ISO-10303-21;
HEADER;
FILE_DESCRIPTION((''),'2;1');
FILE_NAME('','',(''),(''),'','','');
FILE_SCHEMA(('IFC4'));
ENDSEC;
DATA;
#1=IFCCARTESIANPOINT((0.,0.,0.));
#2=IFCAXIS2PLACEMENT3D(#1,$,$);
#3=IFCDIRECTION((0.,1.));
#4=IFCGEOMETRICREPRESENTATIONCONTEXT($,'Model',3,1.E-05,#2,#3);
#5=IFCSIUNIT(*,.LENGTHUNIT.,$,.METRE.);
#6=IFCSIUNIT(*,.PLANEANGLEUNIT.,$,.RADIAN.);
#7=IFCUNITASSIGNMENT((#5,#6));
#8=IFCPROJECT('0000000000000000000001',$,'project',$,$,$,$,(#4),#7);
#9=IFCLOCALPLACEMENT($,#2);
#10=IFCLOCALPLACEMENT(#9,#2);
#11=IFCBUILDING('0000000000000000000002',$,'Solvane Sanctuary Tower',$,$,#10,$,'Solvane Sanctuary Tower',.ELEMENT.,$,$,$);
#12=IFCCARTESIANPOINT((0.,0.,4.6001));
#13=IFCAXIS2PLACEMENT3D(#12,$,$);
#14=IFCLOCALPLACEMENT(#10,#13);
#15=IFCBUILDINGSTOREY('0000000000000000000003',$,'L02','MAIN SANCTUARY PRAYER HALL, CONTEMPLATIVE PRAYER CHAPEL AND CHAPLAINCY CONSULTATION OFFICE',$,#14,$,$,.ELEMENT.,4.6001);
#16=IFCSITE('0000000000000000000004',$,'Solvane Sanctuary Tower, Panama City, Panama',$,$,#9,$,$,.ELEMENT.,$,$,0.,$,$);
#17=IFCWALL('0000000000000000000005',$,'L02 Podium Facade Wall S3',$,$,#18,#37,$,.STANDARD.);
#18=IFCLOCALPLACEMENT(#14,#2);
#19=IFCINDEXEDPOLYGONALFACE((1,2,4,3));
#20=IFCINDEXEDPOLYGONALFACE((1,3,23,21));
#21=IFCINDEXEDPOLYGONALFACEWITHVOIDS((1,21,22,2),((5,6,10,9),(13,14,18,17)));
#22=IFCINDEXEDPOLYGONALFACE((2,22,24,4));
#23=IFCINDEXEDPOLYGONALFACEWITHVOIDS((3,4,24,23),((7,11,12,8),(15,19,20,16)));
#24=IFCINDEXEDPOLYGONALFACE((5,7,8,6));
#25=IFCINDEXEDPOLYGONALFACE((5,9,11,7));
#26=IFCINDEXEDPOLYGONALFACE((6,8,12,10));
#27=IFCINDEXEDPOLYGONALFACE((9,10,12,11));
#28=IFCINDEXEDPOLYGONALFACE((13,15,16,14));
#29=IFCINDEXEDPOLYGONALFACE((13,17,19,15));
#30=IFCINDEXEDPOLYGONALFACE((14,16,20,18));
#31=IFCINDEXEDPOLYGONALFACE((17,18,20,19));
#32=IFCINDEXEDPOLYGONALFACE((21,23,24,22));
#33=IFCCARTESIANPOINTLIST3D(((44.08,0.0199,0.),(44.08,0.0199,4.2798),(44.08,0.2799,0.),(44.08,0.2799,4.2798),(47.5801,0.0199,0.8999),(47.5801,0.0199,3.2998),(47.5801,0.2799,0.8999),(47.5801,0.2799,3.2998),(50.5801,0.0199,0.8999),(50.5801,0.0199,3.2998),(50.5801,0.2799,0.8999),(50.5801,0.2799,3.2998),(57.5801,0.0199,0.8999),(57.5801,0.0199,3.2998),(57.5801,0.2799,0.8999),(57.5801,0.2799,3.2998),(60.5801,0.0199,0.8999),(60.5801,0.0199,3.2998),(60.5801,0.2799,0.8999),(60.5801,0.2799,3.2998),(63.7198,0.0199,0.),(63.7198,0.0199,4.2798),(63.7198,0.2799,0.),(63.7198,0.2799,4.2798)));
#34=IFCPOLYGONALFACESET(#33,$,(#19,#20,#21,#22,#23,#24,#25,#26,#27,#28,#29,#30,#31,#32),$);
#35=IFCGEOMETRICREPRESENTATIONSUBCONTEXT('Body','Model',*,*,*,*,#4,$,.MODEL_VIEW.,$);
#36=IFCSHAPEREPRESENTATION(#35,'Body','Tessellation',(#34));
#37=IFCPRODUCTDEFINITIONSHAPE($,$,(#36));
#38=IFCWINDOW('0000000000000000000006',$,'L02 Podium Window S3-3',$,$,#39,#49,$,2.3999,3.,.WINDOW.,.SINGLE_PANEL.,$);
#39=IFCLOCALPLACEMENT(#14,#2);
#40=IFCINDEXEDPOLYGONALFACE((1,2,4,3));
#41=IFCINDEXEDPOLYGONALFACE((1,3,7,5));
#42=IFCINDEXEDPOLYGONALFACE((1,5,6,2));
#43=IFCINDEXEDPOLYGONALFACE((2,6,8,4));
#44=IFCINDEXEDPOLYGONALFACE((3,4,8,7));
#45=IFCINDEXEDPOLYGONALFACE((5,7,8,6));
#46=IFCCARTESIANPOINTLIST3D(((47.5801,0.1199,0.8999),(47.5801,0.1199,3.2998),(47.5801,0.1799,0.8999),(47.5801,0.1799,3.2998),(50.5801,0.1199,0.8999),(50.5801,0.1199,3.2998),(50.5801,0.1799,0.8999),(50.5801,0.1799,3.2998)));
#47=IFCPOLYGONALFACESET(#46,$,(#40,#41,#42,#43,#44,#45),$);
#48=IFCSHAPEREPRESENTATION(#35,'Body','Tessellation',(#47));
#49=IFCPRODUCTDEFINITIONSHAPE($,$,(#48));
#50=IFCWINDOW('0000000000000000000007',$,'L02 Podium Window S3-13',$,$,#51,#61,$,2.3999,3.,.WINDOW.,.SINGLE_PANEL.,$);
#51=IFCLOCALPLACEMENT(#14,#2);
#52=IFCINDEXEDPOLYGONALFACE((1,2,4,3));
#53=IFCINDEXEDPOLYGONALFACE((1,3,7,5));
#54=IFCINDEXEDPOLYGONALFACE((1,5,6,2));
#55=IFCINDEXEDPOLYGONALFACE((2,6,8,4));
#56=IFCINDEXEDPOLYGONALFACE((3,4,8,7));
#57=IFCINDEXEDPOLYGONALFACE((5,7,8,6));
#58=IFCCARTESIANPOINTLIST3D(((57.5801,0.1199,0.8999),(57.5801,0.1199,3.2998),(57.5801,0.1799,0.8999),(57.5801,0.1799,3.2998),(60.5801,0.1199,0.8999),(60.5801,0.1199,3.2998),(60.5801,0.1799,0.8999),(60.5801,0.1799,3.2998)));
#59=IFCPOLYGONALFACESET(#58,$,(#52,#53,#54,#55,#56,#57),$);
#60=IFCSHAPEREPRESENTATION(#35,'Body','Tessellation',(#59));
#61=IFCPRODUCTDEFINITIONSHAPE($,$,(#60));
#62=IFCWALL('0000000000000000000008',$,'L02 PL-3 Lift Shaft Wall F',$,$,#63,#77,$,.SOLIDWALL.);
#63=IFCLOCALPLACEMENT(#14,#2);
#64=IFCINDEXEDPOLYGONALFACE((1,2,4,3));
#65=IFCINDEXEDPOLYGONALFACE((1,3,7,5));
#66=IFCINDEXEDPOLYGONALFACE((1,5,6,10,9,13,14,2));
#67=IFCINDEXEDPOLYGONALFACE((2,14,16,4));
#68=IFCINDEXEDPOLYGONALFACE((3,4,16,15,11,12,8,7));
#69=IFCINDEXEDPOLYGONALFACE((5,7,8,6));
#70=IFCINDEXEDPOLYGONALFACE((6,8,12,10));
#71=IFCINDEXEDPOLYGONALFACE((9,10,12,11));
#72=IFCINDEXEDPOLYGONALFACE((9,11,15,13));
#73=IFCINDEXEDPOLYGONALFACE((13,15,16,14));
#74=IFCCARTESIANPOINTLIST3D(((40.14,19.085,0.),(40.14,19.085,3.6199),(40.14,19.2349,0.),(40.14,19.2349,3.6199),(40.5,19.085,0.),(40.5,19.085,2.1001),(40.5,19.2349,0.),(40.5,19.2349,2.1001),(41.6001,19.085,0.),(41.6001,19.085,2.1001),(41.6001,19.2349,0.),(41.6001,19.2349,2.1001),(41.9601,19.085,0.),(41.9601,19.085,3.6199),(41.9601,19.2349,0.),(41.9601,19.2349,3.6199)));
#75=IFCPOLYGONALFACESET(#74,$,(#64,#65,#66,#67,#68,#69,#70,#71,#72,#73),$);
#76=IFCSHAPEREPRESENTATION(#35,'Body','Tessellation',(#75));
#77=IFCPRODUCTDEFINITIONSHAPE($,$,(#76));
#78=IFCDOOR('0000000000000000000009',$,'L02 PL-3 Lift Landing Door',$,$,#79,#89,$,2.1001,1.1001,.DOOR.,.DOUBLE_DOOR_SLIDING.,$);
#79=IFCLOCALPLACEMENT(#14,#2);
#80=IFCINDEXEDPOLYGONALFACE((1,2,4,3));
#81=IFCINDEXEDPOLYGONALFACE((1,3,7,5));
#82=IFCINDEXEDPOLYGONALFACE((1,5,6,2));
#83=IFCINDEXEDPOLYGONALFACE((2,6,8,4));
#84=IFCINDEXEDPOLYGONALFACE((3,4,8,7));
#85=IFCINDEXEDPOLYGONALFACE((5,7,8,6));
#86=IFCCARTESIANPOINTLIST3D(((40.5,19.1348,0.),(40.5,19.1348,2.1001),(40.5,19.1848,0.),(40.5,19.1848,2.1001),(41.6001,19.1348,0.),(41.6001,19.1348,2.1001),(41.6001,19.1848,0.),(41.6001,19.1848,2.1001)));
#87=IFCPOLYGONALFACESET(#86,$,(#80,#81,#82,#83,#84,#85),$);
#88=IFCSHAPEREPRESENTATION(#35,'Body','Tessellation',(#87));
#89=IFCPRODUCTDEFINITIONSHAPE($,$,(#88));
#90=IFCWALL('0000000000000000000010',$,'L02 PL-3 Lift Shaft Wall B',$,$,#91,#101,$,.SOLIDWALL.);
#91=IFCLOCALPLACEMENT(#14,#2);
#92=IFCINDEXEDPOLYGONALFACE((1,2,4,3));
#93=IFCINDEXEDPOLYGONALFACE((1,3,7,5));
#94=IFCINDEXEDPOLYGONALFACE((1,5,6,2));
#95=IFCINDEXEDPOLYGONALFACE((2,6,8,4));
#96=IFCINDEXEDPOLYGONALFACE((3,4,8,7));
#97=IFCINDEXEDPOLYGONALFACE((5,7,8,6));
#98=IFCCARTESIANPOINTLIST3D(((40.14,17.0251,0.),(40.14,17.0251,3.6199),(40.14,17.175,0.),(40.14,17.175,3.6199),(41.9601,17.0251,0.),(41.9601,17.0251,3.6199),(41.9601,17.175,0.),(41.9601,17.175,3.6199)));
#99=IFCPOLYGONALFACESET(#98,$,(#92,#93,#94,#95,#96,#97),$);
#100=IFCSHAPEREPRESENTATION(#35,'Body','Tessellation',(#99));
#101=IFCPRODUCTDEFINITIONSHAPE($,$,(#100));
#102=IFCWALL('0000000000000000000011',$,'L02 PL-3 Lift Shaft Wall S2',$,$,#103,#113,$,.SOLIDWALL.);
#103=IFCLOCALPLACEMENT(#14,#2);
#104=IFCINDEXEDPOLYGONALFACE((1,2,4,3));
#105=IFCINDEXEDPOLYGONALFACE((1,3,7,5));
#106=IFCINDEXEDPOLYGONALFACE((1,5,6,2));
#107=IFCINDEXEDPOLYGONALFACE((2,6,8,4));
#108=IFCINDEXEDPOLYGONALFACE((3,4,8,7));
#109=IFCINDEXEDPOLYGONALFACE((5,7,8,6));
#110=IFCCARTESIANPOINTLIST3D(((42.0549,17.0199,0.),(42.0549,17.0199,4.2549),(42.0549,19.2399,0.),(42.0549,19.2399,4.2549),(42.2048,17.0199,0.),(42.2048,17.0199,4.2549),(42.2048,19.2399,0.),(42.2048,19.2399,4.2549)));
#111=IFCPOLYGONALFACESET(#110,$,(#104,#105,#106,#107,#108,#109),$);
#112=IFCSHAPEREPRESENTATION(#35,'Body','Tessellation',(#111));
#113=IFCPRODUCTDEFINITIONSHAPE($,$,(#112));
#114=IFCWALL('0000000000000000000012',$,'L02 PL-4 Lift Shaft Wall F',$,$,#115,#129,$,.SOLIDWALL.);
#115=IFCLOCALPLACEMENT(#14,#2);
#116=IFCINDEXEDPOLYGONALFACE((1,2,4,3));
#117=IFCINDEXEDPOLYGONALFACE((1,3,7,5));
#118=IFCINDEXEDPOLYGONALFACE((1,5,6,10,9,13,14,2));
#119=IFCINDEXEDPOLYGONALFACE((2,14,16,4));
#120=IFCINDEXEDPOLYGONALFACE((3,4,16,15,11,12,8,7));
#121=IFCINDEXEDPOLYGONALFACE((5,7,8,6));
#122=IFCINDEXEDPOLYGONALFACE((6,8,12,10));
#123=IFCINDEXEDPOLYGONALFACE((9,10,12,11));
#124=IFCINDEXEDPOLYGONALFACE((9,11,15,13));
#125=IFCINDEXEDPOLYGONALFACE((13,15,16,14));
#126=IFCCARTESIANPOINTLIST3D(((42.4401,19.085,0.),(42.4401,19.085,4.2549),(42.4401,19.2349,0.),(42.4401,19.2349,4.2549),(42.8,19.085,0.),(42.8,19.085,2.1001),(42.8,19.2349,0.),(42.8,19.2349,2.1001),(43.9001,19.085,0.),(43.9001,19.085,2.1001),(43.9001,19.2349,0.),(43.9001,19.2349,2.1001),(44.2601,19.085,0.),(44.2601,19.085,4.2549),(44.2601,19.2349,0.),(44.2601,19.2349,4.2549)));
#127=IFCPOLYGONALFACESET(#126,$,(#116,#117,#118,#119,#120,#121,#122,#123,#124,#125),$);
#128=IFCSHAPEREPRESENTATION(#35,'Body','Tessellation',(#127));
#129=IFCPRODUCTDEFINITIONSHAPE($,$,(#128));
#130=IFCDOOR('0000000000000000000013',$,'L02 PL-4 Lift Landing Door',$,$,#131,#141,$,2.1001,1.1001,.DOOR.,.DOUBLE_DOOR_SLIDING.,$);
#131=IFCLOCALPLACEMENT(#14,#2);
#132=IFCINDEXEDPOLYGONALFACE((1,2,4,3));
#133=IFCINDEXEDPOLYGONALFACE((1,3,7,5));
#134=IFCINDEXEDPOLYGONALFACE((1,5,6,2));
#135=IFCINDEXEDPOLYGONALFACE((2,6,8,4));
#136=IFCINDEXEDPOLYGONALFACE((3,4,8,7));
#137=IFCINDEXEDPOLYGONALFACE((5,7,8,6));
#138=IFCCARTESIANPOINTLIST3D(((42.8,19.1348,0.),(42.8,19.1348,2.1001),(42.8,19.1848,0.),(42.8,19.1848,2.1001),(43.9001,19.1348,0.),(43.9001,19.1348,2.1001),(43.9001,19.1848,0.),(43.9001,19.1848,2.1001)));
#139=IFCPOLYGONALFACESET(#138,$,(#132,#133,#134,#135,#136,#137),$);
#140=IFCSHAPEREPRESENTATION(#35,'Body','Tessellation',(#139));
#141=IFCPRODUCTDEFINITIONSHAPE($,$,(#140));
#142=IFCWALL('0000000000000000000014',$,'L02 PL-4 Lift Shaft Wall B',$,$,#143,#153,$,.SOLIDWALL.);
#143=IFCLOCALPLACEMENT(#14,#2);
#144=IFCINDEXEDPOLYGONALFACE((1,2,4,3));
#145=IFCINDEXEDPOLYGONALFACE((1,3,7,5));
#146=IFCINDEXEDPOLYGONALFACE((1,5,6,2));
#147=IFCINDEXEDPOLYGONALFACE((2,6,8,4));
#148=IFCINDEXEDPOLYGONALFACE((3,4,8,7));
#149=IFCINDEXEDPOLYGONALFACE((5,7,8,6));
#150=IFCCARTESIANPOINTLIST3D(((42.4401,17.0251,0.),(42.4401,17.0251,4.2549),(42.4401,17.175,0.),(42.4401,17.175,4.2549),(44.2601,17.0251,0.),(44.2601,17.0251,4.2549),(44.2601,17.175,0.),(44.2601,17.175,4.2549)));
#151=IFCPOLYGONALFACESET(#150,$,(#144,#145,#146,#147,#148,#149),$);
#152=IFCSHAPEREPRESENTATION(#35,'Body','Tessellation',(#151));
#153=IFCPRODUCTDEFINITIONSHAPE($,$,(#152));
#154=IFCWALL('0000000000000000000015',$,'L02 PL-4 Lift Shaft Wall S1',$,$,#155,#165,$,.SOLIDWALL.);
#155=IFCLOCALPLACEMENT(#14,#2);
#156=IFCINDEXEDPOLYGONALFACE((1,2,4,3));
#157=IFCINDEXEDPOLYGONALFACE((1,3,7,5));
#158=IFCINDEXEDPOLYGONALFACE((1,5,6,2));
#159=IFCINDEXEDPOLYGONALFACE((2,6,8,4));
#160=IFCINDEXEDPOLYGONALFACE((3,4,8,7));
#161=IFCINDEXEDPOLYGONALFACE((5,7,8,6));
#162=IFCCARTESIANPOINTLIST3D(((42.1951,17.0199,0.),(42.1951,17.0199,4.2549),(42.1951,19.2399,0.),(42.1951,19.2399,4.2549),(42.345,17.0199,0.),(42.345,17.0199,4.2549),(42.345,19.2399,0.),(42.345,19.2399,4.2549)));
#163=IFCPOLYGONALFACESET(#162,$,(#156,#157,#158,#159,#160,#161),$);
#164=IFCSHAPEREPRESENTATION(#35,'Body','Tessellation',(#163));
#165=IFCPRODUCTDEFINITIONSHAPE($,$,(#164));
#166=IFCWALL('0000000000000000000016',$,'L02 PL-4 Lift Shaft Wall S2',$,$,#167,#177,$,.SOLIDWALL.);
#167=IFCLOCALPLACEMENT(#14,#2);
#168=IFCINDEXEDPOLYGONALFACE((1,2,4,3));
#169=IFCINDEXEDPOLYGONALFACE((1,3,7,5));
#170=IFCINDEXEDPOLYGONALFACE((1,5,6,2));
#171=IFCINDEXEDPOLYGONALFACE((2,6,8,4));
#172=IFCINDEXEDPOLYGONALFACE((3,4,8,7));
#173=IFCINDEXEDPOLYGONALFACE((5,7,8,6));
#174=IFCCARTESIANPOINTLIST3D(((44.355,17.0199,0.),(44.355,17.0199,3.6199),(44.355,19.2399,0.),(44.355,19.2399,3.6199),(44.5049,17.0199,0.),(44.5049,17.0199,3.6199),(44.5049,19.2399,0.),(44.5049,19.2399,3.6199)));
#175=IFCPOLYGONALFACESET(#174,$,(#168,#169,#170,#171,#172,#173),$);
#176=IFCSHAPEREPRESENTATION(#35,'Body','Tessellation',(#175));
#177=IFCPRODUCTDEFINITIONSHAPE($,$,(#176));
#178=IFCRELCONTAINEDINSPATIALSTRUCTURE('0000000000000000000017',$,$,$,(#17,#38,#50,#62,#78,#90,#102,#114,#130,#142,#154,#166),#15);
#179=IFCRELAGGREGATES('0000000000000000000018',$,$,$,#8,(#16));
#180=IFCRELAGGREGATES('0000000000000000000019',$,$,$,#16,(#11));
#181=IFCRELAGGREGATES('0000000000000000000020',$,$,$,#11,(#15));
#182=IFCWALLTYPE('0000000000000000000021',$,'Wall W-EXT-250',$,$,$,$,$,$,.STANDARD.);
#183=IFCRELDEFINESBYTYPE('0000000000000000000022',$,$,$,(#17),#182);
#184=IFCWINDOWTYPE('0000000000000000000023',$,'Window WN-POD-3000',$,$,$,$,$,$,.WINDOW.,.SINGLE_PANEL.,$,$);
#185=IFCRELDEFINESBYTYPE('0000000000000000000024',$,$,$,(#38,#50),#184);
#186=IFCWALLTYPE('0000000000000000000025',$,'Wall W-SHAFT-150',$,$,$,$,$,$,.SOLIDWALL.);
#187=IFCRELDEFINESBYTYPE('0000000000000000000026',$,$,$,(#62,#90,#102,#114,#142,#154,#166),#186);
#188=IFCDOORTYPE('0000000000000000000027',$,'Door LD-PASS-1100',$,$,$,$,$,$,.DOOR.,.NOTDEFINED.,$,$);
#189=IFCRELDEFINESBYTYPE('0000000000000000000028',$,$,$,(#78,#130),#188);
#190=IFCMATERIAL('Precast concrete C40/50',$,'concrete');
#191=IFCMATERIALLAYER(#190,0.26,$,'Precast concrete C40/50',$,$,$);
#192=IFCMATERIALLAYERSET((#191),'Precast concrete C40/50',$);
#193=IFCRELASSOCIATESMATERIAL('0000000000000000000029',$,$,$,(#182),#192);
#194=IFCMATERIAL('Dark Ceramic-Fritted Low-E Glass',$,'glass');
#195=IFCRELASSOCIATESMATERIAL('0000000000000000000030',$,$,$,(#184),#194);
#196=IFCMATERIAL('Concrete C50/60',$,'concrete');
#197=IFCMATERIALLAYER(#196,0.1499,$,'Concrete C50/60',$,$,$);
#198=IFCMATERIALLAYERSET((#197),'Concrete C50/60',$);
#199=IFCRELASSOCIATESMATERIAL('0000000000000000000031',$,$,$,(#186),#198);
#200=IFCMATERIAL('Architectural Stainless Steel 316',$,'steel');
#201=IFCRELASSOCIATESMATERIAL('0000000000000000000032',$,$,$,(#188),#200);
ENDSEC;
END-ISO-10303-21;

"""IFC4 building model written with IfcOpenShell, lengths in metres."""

from ifc_helpers import new_model, si_unit, direction, frame, frame_2d, origin, place, context, subcontext, project, spatial, rectangle, extrude, material, layer, layer_set, type_object, element, fill, save


model = new_model("IFC4")

# Units and contexts
model_context = context("Model", 3, precision=1e-05, world=origin(), true_north=direction((0.0, 1.0)))
body_context = subcontext(model_context, "Body", "Model", "MODEL_VIEW")
ifc_project = project(units=[si_unit("LENGTHUNIT", "METRE"), si_unit("PLANEANGLEUNIT", "RADIAN")], contexts=[model_context])

# Site, building, storey
site_placement = place(None, origin())
site = spatial("IfcSite", under=ifc_project, at=site_placement, Name="Solvane Sanctuary Tower, Panama City, Panama", CompositionType="ELEMENT", RefElevation=0.0)
building_placement = place(site_placement, origin())
building = spatial("IfcBuilding", under=site, at=building_placement, Name="Solvane Sanctuary Tower", LongName="Solvane Sanctuary Tower", CompositionType="ELEMENT")
storey_placement = place(building_placement, frame((0.0, 0.0, 4.6001)))
storey = spatial("IfcBuildingStorey", under=building, at=storey_placement, Name="L02", Description="MAIN SANCTUARY PRAYER HALL, CONTEMPLATIVE PRAYER CHAPEL AND CHAPLAINCY CONSULTATION OFFICE", CompositionType="ELEMENT", Elevation=4.6001)

# Shared definitions
ifc_material_1 = material(Name="Dark Ceramic-Fritted Low-E Glass", Category="glass")

# Shared definitions
ifc_material_2 = material(Name="Architectural Stainless Steel 316", Category="steel")

# Wall, openings, windows
ifc_material_3 = material(Name="Precast concrete C40/50", Category="concrete")
ifc_layer_1 = layer(ifc_material_3, 0.26, Name="Precast concrete C40/50")
ifc_layer_set_1 = layer_set([ifc_layer_1], Name="Precast concrete C40/50")
wall_type_1 = type_object("IfcWallType", Name="Wall W-EXT-250", PredefinedType="STANDARD", material=ifc_layer_set_1)
wall_1_placement = place(storey_placement, frame((44.0801, 0.1499, 0.0), z_axis=(0.0, 0.0, 1.0), x_axis=(1.0, 0.0, 0.0)))
wall_1 = element("IfcWall", 1, at=wall_1_placement, inside=storey, type_object=wall_type_1, Name="L02 Podium Facade Wall S3", PredefinedType="STANDARD", context=body_context, shape_type="SweptSolid", body=[
    extrude(rectangle(XDim=19.6399, YDim=0.26, at=frame_2d((9.8198, 0.0))), origin(), (0.0, 0.0, 1.0), 4.2798),
])
opening_1_placement = place(wall_1_placement, frame((3.5, 0.0, 0.8999)))
opening_1 = element("IfcOpeningElement", 2, at=opening_1_placement, cuts=wall_1, PredefinedType="OPENING", context=body_context, shape_type="SweptSolid", body=[
    extrude(rectangle(XDim=3.0, YDim=2.3999, at=frame_2d((1.5, 1.2))), frame((0.0, 0.1399, 0.0), z_axis=(0.0, -1.0, 0.0), x_axis=(1.0, 0.0, 0.0)), (0.0, 0.0, 1.0), 0.28),
])
opening_2_placement = place(wall_1_placement, frame((13.5, 0.0, 0.8999)))
opening_2 = element("IfcOpeningElement", 3, at=opening_2_placement, cuts=wall_1, PredefinedType="OPENING", context=body_context, shape_type="SweptSolid", body=[
    extrude(rectangle(XDim=3.0, YDim=2.3999, at=frame_2d((1.5, 1.2))), frame((0.0, 0.1399, 0.0), z_axis=(0.0, -1.0, 0.0), x_axis=(1.0, 0.0, 0.0)), (0.0, 0.0, 1.0), 0.28),
])
window_type = type_object("IfcWindowType", Name="Window WN-POD-3000", PartitioningType="SINGLE_PANEL", PredefinedType="WINDOW", material=ifc_material_1)
window_1_placement = place(opening_1_placement, origin())
window_1 = element("IfcWindow", 4, at=window_1_placement, inside=storey, type_object=window_type, Name="L02 Podium Window S3-3", OverallHeight=2.3999, OverallWidth=3.0, PartitioningType="SINGLE_PANEL", PredefinedType="WINDOW", context=body_context, shape_type="SweptSolid", body=[
    extrude(rectangle(XDim=3.0, YDim=2.3999, at=frame_2d((1.5, 1.2))), frame((0.0, 0.03, 0.0), z_axis=(0.0, -1.0, 0.0), x_axis=(1.0, 0.0, 0.0)), (0.0, 0.0, 1.0), 0.0601),
])
fill(opening_1, window_1)
window_2_placement = place(opening_2_placement, origin())
window_2 = element("IfcWindow", 5, at=window_2_placement, inside=storey, type_object=window_type, Name="L02 Podium Window S3-13", OverallHeight=2.3999, OverallWidth=3.0, PartitioningType="SINGLE_PANEL", PredefinedType="WINDOW", context=body_context, shape_type="SweptSolid", body=[
    extrude(rectangle(XDim=3.0, YDim=2.3999, at=frame_2d((1.5, 1.2))), frame((0.0, 0.03, 0.0), z_axis=(0.0, -1.0, 0.0), x_axis=(1.0, 0.0, 0.0)), (0.0, 0.0, 1.0), 0.0601),
])
fill(opening_2, window_2)

# Wall, opening, door
ifc_material_4 = material(Name="Concrete C50/60", Category="concrete")
ifc_layer_2 = layer(ifc_material_4, 0.1499, Name="Concrete C50/60")
ifc_layer_set_2 = layer_set([ifc_layer_2], Name="Concrete C50/60")
wall_type_2 = type_object("IfcWallType", Name="Wall W-SHAFT-150", PredefinedType="SOLIDWALL", material=ifc_layer_set_2)
wall_2_placement = place(storey_placement, frame((40.1399, 19.1599, 0.0), z_axis=(0.0, 0.0, 1.0), x_axis=(1.0, 0.0, 0.0)))
wall_2 = element("IfcWall", 6, at=wall_2_placement, inside=storey, type_object=wall_type_2, Name="L02 PL-3 Lift Shaft Wall F", PredefinedType="SOLIDWALL", context=body_context, shape_type="SweptSolid", body=[
    extrude(rectangle(XDim=1.8201, YDim=0.1499, at=frame_2d((0.9102, 0.0))), origin(), (0.0, 0.0, 1.0), 3.6199),
])
opening_3_placement = place(wall_2_placement, frame((0.3601, 0.0, 0.0)))
opening_3 = element("IfcOpeningElement", 7, at=opening_3_placement, cuts=wall_2, PredefinedType="OPENING", context=body_context, shape_type="SweptSolid", body=[
    extrude(rectangle(XDim=1.1001, YDim=2.1001, at=frame_2d((0.55, 1.05))), frame((0.0, 0.085, 0.0), z_axis=(0.0, -1.0, 0.0), x_axis=(1.0, 0.0, 0.0)), (0.0, 0.0, 1.0), 0.1699),
])
door_type_1 = type_object("IfcDoorType", Name="Door LD-PASS-1100", OperationType="NOTDEFINED", PredefinedType="DOOR", material=ifc_material_2)
door_1_placement = place(opening_3_placement, origin())
door_1 = element("IfcDoor", 8, at=door_1_placement, inside=storey, type_object=door_type_1, Name="L02 PL-3 Lift Landing Door", OperationType="DOUBLE_DOOR_SLIDING", OverallHeight=2.1001, OverallWidth=1.1001, PredefinedType="DOOR", context=body_context, shape_type="SweptSolid", body=[
    extrude(rectangle(XDim=1.1001, YDim=2.1001, at=frame_2d((0.55, 1.05))), frame((0.0, 0.0249, 0.0), z_axis=(0.0, -1.0, 0.0), x_axis=(1.0, 0.0, 0.0)), (0.0, 0.0, 1.0), 0.05),
])
fill(opening_3, door_1)

# Walls
wall_3_placement = place(storey_placement, frame((40.1399, 17.1001, 0.0), z_axis=(0.0, 0.0, 1.0), x_axis=(1.0, 0.0, 0.0)))
element("IfcWall", 9, at=wall_3_placement, inside=storey, type_object=wall_type_2, Name="L02 PL-3 Lift Shaft Wall B", PredefinedType="SOLIDWALL", context=body_context, shape_type="SweptSolid", body=[
    extrude(rectangle(XDim=1.8201, YDim=0.1499, at=frame_2d((0.9102, 0.0))), origin(), (0.0, 0.0, 1.0), 3.6199),
])
wall_4_placement = place(storey_placement, frame((42.1299, 17.02, 0.0), z_axis=(0.0, 0.0, 1.0), x_axis=(0.0, 1.0, 0.0)))
element("IfcWall", 10, at=wall_4_placement, inside=storey, type_object=wall_type_2, Name="L02 PL-3 Lift Shaft Wall S2", PredefinedType="SOLIDWALL", context=body_context, shape_type="SweptSolid", body=[
    extrude(rectangle(XDim=2.22, YDim=0.1499, at=frame_2d((1.1099, 0.0))), origin(), (0.0, 0.0, 1.0), 4.2549),
])

# Wall, opening, door
wall_5_placement = place(storey_placement, frame((42.4399, 19.1599, 0.0), z_axis=(0.0, 0.0, 1.0), x_axis=(1.0, 0.0, 0.0)))
wall_5 = element("IfcWall", 11, at=wall_5_placement, inside=storey, type_object=wall_type_2, Name="L02 PL-4 Lift Shaft Wall F", PredefinedType="SOLIDWALL", context=body_context, shape_type="SweptSolid", body=[
    extrude(rectangle(XDim=1.8201, YDim=0.1499, at=frame_2d((0.9102, 0.0))), origin(), (0.0, 0.0, 1.0), 4.2549),
])
opening_4_placement = place(wall_5_placement, frame((0.3601, 0.0, 0.0)))
opening_4 = element("IfcOpeningElement", 12, at=opening_4_placement, cuts=wall_5, PredefinedType="OPENING", context=body_context, shape_type="SweptSolid", body=[
    extrude(rectangle(XDim=1.1001, YDim=2.1001, at=frame_2d((0.55, 1.05))), frame((0.0, 0.085, 0.0), z_axis=(0.0, -1.0, 0.0), x_axis=(1.0, 0.0, 0.0)), (0.0, 0.0, 1.0), 0.1699),
])
door_2_placement = place(opening_4_placement, origin())
door_2 = element("IfcDoor", 13, at=door_2_placement, inside=storey, type_object=door_type_1, Name="L02 PL-4 Lift Landing Door", OperationType="DOUBLE_DOOR_SLIDING", OverallHeight=2.1001, OverallWidth=1.1001, PredefinedType="DOOR", context=body_context, shape_type="SweptSolid", body=[
    extrude(rectangle(XDim=1.1001, YDim=2.1001, at=frame_2d((0.55, 1.05))), frame((0.0, 0.0249, 0.0), z_axis=(0.0, -1.0, 0.0), x_axis=(1.0, 0.0, 0.0)), (0.0, 0.0, 1.0), 0.05),
])
fill(opening_4, door_2)

# Walls
wall_6_placement = place(storey_placement, frame((42.4399, 17.1001, 0.0), z_axis=(0.0, 0.0, 1.0), x_axis=(1.0, 0.0, 0.0)))
element("IfcWall", 14, at=wall_6_placement, inside=storey, type_object=wall_type_2, Name="L02 PL-4 Lift Shaft Wall B", PredefinedType="SOLIDWALL", context=body_context, shape_type="SweptSolid", body=[
    extrude(rectangle(XDim=1.8201, YDim=0.1499, at=frame_2d((0.9102, 0.0))), origin(), (0.0, 0.0, 1.0), 4.2549),
])
wall_7_placement = place(storey_placement, frame((42.27, 17.02, 0.0), z_axis=(0.0, 0.0, 1.0), x_axis=(0.0, 1.0, 0.0)))
element("IfcWall", 15, at=wall_7_placement, inside=storey, type_object=wall_type_2, Name="L02 PL-4 Lift Shaft Wall S1", PredefinedType="SOLIDWALL", context=body_context, shape_type="SweptSolid", body=[
    extrude(rectangle(XDim=2.22, YDim=0.1499, at=frame_2d((1.1099, 0.0))), origin(), (0.0, 0.0, 1.0), 4.2549),
])
wall_8_placement = place(storey_placement, frame((44.4299, 17.02, 0.0), z_axis=(0.0, 0.0, 1.0), x_axis=(0.0, 1.0, 0.0)))
element("IfcWall", 16, at=wall_8_placement, inside=storey, type_object=wall_type_2, Name="L02 PL-4 Lift Shaft Wall S2", PredefinedType="SOLIDWALL", context=body_context, shape_type="SweptSolid", body=[
    extrude(rectangle(XDim=2.22, YDim=0.1499, at=frame_2d((1.1099, 0.0))), origin(), (0.0, 0.0, 1.0), 3.6199),
])

save(model, "model.ifc")
